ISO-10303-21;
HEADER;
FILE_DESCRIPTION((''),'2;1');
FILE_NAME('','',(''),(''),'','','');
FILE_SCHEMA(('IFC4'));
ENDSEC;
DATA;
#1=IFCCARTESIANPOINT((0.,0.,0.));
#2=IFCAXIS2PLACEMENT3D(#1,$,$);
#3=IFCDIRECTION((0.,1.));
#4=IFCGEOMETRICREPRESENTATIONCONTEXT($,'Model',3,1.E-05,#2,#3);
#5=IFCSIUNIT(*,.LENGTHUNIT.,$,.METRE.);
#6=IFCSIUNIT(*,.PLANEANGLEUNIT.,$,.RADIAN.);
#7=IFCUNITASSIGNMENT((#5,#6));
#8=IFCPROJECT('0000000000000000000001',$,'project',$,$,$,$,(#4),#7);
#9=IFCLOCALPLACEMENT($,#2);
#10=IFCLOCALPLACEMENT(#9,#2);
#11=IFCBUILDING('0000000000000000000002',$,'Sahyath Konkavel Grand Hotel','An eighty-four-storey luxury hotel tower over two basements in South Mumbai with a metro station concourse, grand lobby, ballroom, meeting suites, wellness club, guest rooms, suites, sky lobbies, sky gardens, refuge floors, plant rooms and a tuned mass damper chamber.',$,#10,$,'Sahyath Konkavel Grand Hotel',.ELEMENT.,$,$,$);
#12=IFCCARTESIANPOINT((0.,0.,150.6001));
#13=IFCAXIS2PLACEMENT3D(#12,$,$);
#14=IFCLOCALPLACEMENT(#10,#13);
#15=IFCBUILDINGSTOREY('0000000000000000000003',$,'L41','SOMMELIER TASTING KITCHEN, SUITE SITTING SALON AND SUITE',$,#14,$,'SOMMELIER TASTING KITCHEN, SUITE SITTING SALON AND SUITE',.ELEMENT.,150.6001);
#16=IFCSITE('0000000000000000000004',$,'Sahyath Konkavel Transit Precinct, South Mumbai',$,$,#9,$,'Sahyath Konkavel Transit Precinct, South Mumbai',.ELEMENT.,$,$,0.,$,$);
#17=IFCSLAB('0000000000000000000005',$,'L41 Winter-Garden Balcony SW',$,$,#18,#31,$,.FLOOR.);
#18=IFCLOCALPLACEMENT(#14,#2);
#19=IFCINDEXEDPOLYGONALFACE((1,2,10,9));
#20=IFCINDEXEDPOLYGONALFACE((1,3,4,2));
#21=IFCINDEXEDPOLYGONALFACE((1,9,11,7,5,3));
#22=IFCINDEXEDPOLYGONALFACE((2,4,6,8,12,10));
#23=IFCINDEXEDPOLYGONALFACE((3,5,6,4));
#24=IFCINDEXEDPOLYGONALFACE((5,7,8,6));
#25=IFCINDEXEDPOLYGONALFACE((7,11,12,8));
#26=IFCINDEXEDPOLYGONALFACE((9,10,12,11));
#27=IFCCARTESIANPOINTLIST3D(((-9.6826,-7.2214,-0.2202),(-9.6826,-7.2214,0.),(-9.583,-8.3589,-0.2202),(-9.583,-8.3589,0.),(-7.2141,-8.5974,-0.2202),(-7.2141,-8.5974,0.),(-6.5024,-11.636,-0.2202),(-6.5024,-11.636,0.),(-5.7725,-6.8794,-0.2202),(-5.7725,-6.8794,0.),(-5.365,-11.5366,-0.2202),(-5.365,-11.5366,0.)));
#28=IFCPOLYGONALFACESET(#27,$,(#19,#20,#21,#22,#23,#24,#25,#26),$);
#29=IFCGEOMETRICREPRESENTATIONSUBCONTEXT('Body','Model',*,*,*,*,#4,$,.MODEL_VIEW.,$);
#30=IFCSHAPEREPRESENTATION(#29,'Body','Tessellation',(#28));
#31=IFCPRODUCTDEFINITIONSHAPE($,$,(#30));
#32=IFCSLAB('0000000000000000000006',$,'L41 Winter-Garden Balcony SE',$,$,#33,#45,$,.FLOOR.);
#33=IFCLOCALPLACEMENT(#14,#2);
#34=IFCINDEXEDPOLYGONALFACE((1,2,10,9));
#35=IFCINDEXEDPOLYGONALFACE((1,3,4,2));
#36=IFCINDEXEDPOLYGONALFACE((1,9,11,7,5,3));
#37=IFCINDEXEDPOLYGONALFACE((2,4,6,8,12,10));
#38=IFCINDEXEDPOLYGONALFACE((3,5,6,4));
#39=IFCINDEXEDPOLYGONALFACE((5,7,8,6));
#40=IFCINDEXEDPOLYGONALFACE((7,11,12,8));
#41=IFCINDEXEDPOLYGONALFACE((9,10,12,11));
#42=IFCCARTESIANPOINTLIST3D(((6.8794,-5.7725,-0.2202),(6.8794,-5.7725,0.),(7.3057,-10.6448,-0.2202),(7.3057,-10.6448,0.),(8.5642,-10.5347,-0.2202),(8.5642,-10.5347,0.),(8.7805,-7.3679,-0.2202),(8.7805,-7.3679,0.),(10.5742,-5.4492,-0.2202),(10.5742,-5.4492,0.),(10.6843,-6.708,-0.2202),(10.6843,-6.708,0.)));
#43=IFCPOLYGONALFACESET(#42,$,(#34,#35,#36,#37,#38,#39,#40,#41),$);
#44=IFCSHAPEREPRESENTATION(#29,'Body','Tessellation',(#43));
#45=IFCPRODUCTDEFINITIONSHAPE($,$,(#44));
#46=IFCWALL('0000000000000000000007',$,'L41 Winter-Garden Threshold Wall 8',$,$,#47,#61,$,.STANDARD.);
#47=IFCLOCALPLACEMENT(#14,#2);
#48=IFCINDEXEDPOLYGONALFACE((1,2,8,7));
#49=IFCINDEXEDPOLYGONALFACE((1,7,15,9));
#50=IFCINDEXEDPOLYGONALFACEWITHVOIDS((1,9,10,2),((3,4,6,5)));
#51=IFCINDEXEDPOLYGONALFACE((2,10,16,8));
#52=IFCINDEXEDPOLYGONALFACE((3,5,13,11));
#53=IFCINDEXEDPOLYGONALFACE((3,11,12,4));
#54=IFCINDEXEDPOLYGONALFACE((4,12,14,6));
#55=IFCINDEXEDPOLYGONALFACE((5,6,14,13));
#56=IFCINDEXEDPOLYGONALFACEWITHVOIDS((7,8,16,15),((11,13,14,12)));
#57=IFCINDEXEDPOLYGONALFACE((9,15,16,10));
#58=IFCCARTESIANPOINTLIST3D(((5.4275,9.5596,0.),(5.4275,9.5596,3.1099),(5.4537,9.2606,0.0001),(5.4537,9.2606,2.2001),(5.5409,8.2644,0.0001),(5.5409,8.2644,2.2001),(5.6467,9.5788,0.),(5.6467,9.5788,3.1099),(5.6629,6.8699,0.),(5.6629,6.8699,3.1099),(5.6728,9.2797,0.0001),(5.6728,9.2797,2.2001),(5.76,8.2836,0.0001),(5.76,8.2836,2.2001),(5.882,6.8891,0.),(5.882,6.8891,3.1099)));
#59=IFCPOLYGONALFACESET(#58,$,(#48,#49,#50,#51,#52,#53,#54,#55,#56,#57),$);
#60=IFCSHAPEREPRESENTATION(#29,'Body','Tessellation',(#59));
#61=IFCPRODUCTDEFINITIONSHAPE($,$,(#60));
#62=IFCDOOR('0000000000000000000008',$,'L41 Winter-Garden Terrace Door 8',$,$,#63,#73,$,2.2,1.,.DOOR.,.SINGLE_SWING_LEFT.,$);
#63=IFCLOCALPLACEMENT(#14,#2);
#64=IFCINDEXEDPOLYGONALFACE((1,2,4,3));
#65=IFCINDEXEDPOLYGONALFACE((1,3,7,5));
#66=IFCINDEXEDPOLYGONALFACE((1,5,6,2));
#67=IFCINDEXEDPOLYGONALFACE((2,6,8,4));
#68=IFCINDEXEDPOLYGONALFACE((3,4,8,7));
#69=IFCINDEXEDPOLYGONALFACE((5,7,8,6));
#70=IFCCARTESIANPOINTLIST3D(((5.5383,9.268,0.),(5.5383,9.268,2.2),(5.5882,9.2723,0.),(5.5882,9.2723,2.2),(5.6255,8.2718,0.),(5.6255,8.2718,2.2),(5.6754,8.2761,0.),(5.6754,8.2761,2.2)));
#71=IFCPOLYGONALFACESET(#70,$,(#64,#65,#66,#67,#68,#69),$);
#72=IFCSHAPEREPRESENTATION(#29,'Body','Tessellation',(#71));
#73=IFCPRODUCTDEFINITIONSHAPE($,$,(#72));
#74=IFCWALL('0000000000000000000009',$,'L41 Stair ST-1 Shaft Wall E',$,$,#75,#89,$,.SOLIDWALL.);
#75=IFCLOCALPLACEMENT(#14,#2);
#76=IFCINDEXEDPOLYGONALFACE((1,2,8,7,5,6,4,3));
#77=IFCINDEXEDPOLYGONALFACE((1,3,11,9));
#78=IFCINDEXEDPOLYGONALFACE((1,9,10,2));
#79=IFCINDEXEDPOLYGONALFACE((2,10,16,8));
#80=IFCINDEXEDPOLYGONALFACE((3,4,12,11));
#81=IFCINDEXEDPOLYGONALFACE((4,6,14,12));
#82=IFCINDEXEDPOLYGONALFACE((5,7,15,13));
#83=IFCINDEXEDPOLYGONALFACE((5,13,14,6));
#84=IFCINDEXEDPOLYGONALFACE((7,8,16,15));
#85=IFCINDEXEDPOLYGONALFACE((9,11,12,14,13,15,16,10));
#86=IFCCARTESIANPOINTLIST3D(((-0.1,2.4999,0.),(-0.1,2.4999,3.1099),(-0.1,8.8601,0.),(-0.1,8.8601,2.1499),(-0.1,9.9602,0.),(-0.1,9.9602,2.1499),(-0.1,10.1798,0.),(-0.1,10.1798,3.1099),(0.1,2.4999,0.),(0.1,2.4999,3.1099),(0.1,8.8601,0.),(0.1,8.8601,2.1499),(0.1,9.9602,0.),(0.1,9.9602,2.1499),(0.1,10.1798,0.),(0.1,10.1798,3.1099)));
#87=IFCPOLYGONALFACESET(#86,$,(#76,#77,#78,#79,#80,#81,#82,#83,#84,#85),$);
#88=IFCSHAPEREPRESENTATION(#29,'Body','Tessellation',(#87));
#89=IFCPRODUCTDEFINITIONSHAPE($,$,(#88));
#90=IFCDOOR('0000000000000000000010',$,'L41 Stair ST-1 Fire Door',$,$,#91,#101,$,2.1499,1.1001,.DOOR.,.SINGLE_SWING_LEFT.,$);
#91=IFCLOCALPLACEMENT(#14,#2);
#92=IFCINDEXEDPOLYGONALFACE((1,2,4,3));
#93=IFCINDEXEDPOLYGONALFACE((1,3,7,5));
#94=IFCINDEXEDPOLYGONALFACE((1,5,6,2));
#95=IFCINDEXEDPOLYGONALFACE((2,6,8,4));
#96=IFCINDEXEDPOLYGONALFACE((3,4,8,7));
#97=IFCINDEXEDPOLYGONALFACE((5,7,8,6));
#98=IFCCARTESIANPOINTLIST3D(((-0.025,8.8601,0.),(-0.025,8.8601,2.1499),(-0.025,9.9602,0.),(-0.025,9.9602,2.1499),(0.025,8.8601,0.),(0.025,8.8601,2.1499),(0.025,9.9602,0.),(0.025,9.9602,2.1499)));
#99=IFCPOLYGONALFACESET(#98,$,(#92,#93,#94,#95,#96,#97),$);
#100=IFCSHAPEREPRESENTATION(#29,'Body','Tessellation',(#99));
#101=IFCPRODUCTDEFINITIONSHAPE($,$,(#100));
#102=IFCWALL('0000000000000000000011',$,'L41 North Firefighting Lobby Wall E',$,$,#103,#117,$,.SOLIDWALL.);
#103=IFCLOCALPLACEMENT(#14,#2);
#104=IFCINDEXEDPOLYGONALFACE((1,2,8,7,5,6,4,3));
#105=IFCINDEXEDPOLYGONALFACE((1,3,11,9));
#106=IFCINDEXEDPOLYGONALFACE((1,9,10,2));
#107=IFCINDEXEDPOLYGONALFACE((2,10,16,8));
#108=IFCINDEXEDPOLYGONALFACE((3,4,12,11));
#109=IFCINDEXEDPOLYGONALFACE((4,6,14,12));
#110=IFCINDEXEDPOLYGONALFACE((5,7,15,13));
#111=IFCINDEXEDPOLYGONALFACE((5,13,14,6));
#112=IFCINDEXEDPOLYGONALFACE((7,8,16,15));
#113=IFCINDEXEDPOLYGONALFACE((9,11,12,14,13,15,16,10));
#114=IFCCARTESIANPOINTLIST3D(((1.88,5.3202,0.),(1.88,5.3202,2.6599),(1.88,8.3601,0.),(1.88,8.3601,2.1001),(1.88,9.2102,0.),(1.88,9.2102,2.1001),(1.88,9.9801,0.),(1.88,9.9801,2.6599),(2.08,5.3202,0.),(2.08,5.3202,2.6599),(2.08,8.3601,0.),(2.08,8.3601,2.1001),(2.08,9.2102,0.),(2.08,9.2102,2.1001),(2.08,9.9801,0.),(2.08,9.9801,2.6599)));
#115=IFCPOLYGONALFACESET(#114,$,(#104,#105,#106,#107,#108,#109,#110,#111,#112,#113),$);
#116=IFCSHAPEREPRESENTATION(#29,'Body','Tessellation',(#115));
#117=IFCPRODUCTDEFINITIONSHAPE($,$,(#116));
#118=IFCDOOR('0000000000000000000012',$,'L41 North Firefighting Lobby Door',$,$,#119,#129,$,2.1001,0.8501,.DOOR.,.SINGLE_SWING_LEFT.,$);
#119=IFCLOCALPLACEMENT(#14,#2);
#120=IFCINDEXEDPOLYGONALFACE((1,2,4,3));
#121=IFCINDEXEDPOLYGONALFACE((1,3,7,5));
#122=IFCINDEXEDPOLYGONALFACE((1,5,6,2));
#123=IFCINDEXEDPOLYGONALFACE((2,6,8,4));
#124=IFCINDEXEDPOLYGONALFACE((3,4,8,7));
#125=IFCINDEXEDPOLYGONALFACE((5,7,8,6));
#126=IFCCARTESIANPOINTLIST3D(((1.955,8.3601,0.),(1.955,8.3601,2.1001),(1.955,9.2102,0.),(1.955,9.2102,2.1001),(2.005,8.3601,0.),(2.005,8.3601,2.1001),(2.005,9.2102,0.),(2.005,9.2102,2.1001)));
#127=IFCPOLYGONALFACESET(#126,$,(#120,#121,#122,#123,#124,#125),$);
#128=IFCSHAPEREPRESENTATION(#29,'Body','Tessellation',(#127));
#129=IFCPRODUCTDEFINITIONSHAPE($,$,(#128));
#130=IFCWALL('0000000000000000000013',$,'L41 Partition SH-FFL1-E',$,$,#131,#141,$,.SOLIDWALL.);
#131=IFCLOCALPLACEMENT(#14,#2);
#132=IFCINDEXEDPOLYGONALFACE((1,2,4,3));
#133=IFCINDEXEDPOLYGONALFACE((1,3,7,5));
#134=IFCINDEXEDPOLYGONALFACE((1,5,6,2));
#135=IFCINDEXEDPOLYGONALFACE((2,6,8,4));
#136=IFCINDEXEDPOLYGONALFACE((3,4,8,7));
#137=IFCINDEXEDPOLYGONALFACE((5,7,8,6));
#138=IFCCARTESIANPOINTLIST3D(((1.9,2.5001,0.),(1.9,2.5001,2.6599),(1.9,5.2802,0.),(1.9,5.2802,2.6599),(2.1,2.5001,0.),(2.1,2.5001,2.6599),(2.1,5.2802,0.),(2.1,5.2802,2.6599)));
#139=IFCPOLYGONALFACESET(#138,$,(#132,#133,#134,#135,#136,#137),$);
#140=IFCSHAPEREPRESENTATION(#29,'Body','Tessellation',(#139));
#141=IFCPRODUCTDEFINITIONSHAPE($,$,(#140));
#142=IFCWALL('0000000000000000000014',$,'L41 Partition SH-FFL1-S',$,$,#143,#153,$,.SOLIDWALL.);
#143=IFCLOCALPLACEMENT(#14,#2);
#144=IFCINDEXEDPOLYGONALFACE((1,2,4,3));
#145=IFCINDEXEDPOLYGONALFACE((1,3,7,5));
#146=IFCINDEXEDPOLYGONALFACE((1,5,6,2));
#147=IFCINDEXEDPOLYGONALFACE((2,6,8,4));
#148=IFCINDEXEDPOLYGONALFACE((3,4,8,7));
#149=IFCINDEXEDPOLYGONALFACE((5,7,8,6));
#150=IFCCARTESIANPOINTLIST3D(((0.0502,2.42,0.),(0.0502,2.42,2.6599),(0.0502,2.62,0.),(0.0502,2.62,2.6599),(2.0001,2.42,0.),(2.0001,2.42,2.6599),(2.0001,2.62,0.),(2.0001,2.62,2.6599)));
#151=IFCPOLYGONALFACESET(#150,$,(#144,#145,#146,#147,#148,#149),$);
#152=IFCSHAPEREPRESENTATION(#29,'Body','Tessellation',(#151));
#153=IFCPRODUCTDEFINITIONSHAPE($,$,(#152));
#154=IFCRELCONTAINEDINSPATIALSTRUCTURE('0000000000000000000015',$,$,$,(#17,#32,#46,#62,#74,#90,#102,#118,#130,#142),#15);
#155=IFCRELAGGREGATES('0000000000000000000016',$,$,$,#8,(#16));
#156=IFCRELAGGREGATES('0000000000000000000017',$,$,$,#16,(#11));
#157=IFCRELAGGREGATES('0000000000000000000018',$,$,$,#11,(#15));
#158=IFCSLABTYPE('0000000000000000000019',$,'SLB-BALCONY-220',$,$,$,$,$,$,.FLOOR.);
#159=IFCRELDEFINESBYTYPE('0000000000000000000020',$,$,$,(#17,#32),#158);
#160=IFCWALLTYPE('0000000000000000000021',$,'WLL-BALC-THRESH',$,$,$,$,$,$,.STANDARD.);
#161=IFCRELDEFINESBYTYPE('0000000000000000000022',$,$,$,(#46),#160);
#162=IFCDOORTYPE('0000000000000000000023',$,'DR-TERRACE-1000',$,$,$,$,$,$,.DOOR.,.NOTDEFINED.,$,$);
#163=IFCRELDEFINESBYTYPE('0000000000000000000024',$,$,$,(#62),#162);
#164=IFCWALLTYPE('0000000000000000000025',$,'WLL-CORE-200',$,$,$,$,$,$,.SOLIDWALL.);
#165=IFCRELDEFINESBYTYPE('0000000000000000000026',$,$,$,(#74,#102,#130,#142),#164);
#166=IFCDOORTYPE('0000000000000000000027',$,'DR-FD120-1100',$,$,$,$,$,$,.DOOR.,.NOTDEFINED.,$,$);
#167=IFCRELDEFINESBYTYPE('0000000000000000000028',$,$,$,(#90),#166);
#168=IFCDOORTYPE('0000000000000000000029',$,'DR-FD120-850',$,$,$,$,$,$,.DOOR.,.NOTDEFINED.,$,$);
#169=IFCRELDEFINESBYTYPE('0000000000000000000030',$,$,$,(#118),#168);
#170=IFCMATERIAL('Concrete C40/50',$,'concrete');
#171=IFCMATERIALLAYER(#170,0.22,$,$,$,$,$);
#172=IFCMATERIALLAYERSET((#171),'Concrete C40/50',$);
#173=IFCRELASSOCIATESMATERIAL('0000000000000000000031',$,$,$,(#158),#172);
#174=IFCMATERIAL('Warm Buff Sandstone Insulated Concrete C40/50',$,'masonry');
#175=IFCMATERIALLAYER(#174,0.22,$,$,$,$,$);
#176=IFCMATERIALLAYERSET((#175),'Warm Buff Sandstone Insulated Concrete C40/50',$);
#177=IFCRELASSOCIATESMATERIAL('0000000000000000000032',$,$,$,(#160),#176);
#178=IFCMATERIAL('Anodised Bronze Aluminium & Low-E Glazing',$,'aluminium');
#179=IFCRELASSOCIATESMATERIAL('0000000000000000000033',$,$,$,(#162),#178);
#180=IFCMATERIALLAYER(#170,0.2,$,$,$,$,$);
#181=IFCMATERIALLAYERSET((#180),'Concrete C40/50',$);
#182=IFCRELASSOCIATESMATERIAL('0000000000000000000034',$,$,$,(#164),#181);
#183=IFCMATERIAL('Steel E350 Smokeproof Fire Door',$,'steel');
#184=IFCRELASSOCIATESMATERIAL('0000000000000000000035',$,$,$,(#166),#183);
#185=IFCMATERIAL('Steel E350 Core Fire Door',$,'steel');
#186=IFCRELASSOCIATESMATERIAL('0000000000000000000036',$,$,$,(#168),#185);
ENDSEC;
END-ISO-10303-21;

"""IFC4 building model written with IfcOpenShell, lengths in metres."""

from ifc_helpers import new_model, si_unit, direction, frame, frame_2d, origin, origin_2d, place, context, subcontext, project, spatial, polyline, rectangle, outline, extrude, source, transform, mapped, material, layer, layer_set, type_object, element, fill, save


model = new_model("IFC4")

# Units and contexts
model_context = context("Model", 3, precision=1e-05, world=origin(), true_north=direction((0.0, 1.0)))
body_context = subcontext(model_context, "Body", "Model", "MODEL_VIEW")
ifc_project = project(units=[si_unit("LENGTHUNIT", "METRE"), si_unit("PLANEANGLEUNIT", "RADIAN")], contexts=[model_context])

# Site, building, storey
site_placement = place(None, origin())
site = spatial("IfcSite", under=ifc_project, at=site_placement, Name="Sahyath Konkavel Transit Precinct, South Mumbai", LongName="Sahyath Konkavel Transit Precinct, South Mumbai", CompositionType="ELEMENT", RefElevation=0.0)
building_placement = place(site_placement, origin())
building = spatial("IfcBuilding", under=site, at=building_placement, Name="Sahyath Konkavel Grand Hotel", Description="An eighty-four-storey luxury hotel tower over two basements in South Mumbai with a metro station concourse, grand lobby, ballroom, meeting suites, wellness club, guest rooms, suites, sky lobbies, sky gardens, refuge floors, plant rooms and a tuned mass damper chamber.", LongName="Sahyath Konkavel Grand Hotel", CompositionType="ELEMENT")
storey_placement = place(building_placement, frame((0.0, 0.0, 150.6001)))
storey = spatial("IfcBuildingStorey", under=building, at=storey_placement, Name="L41", Description="SOMMELIER TASTING KITCHEN, SUITE SITTING SALON AND SUITE", LongName="SOMMELIER TASTING KITCHEN, SUITE SITTING SALON AND SUITE", CompositionType="ELEMENT", Elevation=150.6001)

# Slabs
ifc_material_1 = material(Name="Concrete C40/50", Category="concrete")
ifc_layer_1 = layer(ifc_material_1, 0.22)
ifc_layer_set_1 = layer_set([ifc_layer_1], Name="Concrete C40/50")
slab_type = type_object("IfcSlabType", Name="SLB-BALCONY-220", PredefinedType="FLOOR", material=ifc_layer_set_1)
slab_1_placement = place(storey_placement, frame((0.0, 0.0, -0.2202)))
element("IfcSlab", 1, at=slab_1_placement, inside=storey, type_object=slab_type, Name="L41 Winter-Garden Balcony SW", PredefinedType="FLOOR", context=body_context, shape_type="SweptSolid", body=[
    extrude(outline(polyline([(-5.7725, -6.8794), (-9.6826, -7.2214), (-9.583, -8.3589), (-7.2141, -8.5974), (-6.5024, -11.636), (-5.365, -11.5366), (-5.7725, -6.8794)])), origin(), (0.0, 0.0, 1.0), 0.2202),
])
slab_2_placement = place(storey_placement, frame((0.0, 0.0, -0.2202)))
element("IfcSlab", 2, at=slab_2_placement, inside=storey, type_object=slab_type, Name="L41 Winter-Garden Balcony SE", PredefinedType="FLOOR", context=body_context, shape_type="SweptSolid", body=[
    extrude(outline(polyline([(6.8794, -5.7725), (7.3057, -10.6448), (8.5642, -10.5347), (8.7805, -7.3679), (10.6843, -6.708), (10.5742, -5.4492), (6.8794, -5.7725)])), origin(), (0.0, 0.0, 1.0), 0.2202),
])

# Walls, openings, doors
ifc_material_2 = material(Name="Warm Buff Sandstone Insulated Concrete C40/50", Category="masonry")
ifc_layer_2 = layer(ifc_material_2, 0.22)
ifc_layer_set_2 = layer_set([ifc_layer_2], Name="Warm Buff Sandstone Insulated Concrete C40/50")
wall_type_1 = type_object("IfcWallType", Name="WLL-BALC-THRESH", PredefinedType="STANDARD", material=ifc_layer_set_2)
wall_1_placement = place(storey_placement, frame((5.7725, 6.8794, 0.0), z_axis=(0.0, 0.0, 1.0), x_axis=(-0.087168, 0.996194, 0.0)))
wall_1 = element("IfcWall", 3, at=wall_1_placement, inside=storey, type_object=wall_type_1, Name="L41 Winter-Garden Threshold Wall 8", PredefinedType="STANDARD", context=body_context, shape_type="SweptSolid", body=[
    extrude(rectangle(XDim=2.7, YDim=0.22, at=frame_2d((1.3501, 0.0))), origin(), (0.0, 0.0, 1.0), 3.1099),
])
opening_1_placement = place(wall_1_placement, frame((1.3999, 0.0, 0.0)))
opening_1 = element("IfcOpeningElement", 4, at=opening_1_placement, cuts=wall_1, PredefinedType="OPENING", context=body_context, shape_type="SweptSolid", body=[
    extrude(rectangle(XDim=1.0, YDim=2.2, at=frame_2d((0.5, 1.1001))), frame((0.0, 0.1201, 0.0), z_axis=(0.0, -1.0, 0.0), x_axis=(1.0, 0.0, 0.0)), (0.0, 0.0, 1.0), 0.24),
])
ifc_material_3 = material(Name="Anodised Bronze Aluminium & Low-E Glazing", Category="aluminium")
door_type_1 = type_object("IfcDoorType", Name="DR-TERRACE-1000", OperationType="NOTDEFINED", PredefinedType="DOOR", material=ifc_material_3)
shared_shape_1 = source(origin(), body_context, "Body", "SweptSolid", [
    extrude(rectangle(XDim=1.0, YDim=0.05, at=origin_2d()), origin(), (0.0, 0.0, 1.0), 2.2),
])
door_1_placement = place(opening_1_placement, frame((0.5, 0.0, 0.0)))
door_1 = element("IfcDoor", 5, at=door_1_placement, inside=storey, type_object=door_type_1, Name="L41 Winter-Garden Terrace Door 8", OperationType="SINGLE_SWING_LEFT", OverallHeight=2.2, OverallWidth=1.0, PredefinedType="DOOR", context=body_context, shape_type="MappedRepresentation", body=[
    mapped(shared_shape_1, transform((0.0, 0.0, 0.0), scale=1.0)),
])
fill(opening_1, door_1)
ifc_layer_3 = layer(ifc_material_1, 0.2)
ifc_layer_set_3 = layer_set([ifc_layer_3], Name="Concrete C40/50")
wall_type_2 = type_object("IfcWallType", Name="WLL-CORE-200", PredefinedType="SOLIDWALL", material=ifc_layer_set_3)
wall_2_placement = place(storey_placement, frame((0.0, 2.5, 0.0), z_axis=(0.0, 0.0, 1.0), x_axis=(0.0, 1.0, 0.0)))
wall_2 = element("IfcWall", 6, at=wall_2_placement, inside=storey, type_object=wall_type_2, Name="L41 Stair ST-1 Shaft Wall E", PredefinedType="SOLIDWALL", context=body_context, shape_type="SweptSolid", body=[
    extrude(rectangle(XDim=7.6799, YDim=0.2, at=frame_2d((3.8398, 0.0))), origin(), (0.0, 0.0, 1.0), 3.1099),
])
opening_2_placement = place(wall_2_placement, frame((6.3601, 0.0, 0.0)))
opening_2 = element("IfcOpeningElement", 7, at=opening_2_placement, cuts=wall_2, PredefinedType="OPENING", context=body_context, shape_type="SweptSolid", body=[
    extrude(rectangle(XDim=1.1001, YDim=2.1499, at=frame_2d((0.55, 1.075))), frame((0.0, 0.1099, 0.0), z_axis=(0.0, -1.0, 0.0), x_axis=(1.0, 0.0, 0.0)), (0.0, 0.0, 1.0), 0.22),
])
ifc_material_4 = material(Name="Steel E350 Smokeproof Fire Door", Category="steel")
door_type_2 = type_object("IfcDoorType", Name="DR-FD120-1100", OperationType="NOTDEFINED", PredefinedType="DOOR", material=ifc_material_4)
shared_shape_2 = source(origin(), body_context, "Body", "SweptSolid", [
    extrude(rectangle(XDim=1.1001, YDim=0.05, at=origin_2d()), origin(), (0.0, 0.0, 1.0), 2.1499),
])
door_2_placement = place(opening_2_placement, frame((0.55, 0.0, 0.0)))
door_2 = element("IfcDoor", 8, at=door_2_placement, inside=storey, type_object=door_type_2, Name="L41 Stair ST-1 Fire Door", OperationType="SINGLE_SWING_LEFT", OverallHeight=2.1499, OverallWidth=1.1001, PredefinedType="DOOR", context=body_context, shape_type="MappedRepresentation", body=[
    mapped(shared_shape_2, transform((0.0, 0.0, 0.0), scale=1.0)),
])
fill(opening_2, door_2)
wall_3_placement = place(storey_placement, frame((1.98, 5.3201, 0.0), z_axis=(0.0, 0.0, 1.0), x_axis=(0.0, 1.0, 0.0)))
wall_3 = element("IfcWall", 9, at=wall_3_placement, inside=storey, type_object=wall_type_2, Name="L41 North Firefighting Lobby Wall E", PredefinedType="SOLIDWALL", context=body_context, shape_type="SweptSolid", body=[
    extrude(rectangle(XDim=4.6599, YDim=0.2, at=frame_2d((2.3301, 0.0))), origin(), (0.0, 0.0, 1.0), 2.6599),
])
opening_3_placement = place(wall_3_placement, frame((3.04, 0.0, 0.0)))
opening_3 = element("IfcOpeningElement", 10, at=opening_3_placement, cuts=wall_3, PredefinedType="OPENING", context=body_context, shape_type="SweptSolid", body=[
    extrude(rectangle(XDim=0.8501, YDim=2.1001, at=frame_2d((0.425, 1.05))), frame((0.0, 0.1099, 0.0), z_axis=(0.0, -1.0, 0.0), x_axis=(1.0, 0.0, 0.0)), (0.0, 0.0, 1.0), 0.22),
])
ifc_material_5 = material(Name="Steel E350 Core Fire Door", Category="steel")
door_type_3 = type_object("IfcDoorType", Name="DR-FD120-850", OperationType="NOTDEFINED", PredefinedType="DOOR", material=ifc_material_5)
shared_shape_3 = source(origin(), body_context, "Body", "SweptSolid", [
    extrude(rectangle(XDim=0.8501, YDim=0.05, at=origin_2d()), origin(), (0.0, 0.0, 1.0), 2.1001),
])
door_3_placement = place(opening_3_placement, frame((0.425, 0.0, 0.0)))
door_3 = element("IfcDoor", 11, at=door_3_placement, inside=storey, type_object=door_type_3, Name="L41 North Firefighting Lobby Door", OperationType="SINGLE_SWING_LEFT", OverallHeight=2.1001, OverallWidth=0.8501, PredefinedType="DOOR", context=body_context, shape_type="MappedRepresentation", body=[
    mapped(shared_shape_3, transform((0.0, 0.0, 0.0), scale=1.0)),
])
fill(opening_3, door_3)

# Walls
wall_4_placement = place(storey_placement, frame((2.0, 2.5, 0.0), z_axis=(0.0, 0.0, 1.0), x_axis=(0.0, 1.0, 0.0)))
element("IfcWall", 12, at=wall_4_placement, inside=storey, type_object=wall_type_2, Name="L41 Partition SH-FFL1-E", PredefinedType="SOLIDWALL", context=body_context, shape_type="SweptSolid", body=[
    extrude(rectangle(XDim=2.78, YDim=0.2, at=frame_2d((1.3901, 0.0))), origin(), (0.0, 0.0, 1.0), 2.6599),
])
wall_5_placement = place(storey_placement, frame((0.05, 2.52, 0.0), z_axis=(0.0, 0.0, 1.0), x_axis=(1.0, 0.0, 0.0)))
element("IfcWall", 13, at=wall_5_placement, inside=storey, type_object=wall_type_2, Name="L41 Partition SH-FFL1-S", PredefinedType="SOLIDWALL", context=body_context, shape_type="SweptSolid", body=[
    extrude(rectangle(XDim=1.95, YDim=0.2, at=frame_2d((0.9751, 0.0))), origin(), (0.0, 0.0, 1.0), 2.6599),
])

save(model, "model.ifc")
